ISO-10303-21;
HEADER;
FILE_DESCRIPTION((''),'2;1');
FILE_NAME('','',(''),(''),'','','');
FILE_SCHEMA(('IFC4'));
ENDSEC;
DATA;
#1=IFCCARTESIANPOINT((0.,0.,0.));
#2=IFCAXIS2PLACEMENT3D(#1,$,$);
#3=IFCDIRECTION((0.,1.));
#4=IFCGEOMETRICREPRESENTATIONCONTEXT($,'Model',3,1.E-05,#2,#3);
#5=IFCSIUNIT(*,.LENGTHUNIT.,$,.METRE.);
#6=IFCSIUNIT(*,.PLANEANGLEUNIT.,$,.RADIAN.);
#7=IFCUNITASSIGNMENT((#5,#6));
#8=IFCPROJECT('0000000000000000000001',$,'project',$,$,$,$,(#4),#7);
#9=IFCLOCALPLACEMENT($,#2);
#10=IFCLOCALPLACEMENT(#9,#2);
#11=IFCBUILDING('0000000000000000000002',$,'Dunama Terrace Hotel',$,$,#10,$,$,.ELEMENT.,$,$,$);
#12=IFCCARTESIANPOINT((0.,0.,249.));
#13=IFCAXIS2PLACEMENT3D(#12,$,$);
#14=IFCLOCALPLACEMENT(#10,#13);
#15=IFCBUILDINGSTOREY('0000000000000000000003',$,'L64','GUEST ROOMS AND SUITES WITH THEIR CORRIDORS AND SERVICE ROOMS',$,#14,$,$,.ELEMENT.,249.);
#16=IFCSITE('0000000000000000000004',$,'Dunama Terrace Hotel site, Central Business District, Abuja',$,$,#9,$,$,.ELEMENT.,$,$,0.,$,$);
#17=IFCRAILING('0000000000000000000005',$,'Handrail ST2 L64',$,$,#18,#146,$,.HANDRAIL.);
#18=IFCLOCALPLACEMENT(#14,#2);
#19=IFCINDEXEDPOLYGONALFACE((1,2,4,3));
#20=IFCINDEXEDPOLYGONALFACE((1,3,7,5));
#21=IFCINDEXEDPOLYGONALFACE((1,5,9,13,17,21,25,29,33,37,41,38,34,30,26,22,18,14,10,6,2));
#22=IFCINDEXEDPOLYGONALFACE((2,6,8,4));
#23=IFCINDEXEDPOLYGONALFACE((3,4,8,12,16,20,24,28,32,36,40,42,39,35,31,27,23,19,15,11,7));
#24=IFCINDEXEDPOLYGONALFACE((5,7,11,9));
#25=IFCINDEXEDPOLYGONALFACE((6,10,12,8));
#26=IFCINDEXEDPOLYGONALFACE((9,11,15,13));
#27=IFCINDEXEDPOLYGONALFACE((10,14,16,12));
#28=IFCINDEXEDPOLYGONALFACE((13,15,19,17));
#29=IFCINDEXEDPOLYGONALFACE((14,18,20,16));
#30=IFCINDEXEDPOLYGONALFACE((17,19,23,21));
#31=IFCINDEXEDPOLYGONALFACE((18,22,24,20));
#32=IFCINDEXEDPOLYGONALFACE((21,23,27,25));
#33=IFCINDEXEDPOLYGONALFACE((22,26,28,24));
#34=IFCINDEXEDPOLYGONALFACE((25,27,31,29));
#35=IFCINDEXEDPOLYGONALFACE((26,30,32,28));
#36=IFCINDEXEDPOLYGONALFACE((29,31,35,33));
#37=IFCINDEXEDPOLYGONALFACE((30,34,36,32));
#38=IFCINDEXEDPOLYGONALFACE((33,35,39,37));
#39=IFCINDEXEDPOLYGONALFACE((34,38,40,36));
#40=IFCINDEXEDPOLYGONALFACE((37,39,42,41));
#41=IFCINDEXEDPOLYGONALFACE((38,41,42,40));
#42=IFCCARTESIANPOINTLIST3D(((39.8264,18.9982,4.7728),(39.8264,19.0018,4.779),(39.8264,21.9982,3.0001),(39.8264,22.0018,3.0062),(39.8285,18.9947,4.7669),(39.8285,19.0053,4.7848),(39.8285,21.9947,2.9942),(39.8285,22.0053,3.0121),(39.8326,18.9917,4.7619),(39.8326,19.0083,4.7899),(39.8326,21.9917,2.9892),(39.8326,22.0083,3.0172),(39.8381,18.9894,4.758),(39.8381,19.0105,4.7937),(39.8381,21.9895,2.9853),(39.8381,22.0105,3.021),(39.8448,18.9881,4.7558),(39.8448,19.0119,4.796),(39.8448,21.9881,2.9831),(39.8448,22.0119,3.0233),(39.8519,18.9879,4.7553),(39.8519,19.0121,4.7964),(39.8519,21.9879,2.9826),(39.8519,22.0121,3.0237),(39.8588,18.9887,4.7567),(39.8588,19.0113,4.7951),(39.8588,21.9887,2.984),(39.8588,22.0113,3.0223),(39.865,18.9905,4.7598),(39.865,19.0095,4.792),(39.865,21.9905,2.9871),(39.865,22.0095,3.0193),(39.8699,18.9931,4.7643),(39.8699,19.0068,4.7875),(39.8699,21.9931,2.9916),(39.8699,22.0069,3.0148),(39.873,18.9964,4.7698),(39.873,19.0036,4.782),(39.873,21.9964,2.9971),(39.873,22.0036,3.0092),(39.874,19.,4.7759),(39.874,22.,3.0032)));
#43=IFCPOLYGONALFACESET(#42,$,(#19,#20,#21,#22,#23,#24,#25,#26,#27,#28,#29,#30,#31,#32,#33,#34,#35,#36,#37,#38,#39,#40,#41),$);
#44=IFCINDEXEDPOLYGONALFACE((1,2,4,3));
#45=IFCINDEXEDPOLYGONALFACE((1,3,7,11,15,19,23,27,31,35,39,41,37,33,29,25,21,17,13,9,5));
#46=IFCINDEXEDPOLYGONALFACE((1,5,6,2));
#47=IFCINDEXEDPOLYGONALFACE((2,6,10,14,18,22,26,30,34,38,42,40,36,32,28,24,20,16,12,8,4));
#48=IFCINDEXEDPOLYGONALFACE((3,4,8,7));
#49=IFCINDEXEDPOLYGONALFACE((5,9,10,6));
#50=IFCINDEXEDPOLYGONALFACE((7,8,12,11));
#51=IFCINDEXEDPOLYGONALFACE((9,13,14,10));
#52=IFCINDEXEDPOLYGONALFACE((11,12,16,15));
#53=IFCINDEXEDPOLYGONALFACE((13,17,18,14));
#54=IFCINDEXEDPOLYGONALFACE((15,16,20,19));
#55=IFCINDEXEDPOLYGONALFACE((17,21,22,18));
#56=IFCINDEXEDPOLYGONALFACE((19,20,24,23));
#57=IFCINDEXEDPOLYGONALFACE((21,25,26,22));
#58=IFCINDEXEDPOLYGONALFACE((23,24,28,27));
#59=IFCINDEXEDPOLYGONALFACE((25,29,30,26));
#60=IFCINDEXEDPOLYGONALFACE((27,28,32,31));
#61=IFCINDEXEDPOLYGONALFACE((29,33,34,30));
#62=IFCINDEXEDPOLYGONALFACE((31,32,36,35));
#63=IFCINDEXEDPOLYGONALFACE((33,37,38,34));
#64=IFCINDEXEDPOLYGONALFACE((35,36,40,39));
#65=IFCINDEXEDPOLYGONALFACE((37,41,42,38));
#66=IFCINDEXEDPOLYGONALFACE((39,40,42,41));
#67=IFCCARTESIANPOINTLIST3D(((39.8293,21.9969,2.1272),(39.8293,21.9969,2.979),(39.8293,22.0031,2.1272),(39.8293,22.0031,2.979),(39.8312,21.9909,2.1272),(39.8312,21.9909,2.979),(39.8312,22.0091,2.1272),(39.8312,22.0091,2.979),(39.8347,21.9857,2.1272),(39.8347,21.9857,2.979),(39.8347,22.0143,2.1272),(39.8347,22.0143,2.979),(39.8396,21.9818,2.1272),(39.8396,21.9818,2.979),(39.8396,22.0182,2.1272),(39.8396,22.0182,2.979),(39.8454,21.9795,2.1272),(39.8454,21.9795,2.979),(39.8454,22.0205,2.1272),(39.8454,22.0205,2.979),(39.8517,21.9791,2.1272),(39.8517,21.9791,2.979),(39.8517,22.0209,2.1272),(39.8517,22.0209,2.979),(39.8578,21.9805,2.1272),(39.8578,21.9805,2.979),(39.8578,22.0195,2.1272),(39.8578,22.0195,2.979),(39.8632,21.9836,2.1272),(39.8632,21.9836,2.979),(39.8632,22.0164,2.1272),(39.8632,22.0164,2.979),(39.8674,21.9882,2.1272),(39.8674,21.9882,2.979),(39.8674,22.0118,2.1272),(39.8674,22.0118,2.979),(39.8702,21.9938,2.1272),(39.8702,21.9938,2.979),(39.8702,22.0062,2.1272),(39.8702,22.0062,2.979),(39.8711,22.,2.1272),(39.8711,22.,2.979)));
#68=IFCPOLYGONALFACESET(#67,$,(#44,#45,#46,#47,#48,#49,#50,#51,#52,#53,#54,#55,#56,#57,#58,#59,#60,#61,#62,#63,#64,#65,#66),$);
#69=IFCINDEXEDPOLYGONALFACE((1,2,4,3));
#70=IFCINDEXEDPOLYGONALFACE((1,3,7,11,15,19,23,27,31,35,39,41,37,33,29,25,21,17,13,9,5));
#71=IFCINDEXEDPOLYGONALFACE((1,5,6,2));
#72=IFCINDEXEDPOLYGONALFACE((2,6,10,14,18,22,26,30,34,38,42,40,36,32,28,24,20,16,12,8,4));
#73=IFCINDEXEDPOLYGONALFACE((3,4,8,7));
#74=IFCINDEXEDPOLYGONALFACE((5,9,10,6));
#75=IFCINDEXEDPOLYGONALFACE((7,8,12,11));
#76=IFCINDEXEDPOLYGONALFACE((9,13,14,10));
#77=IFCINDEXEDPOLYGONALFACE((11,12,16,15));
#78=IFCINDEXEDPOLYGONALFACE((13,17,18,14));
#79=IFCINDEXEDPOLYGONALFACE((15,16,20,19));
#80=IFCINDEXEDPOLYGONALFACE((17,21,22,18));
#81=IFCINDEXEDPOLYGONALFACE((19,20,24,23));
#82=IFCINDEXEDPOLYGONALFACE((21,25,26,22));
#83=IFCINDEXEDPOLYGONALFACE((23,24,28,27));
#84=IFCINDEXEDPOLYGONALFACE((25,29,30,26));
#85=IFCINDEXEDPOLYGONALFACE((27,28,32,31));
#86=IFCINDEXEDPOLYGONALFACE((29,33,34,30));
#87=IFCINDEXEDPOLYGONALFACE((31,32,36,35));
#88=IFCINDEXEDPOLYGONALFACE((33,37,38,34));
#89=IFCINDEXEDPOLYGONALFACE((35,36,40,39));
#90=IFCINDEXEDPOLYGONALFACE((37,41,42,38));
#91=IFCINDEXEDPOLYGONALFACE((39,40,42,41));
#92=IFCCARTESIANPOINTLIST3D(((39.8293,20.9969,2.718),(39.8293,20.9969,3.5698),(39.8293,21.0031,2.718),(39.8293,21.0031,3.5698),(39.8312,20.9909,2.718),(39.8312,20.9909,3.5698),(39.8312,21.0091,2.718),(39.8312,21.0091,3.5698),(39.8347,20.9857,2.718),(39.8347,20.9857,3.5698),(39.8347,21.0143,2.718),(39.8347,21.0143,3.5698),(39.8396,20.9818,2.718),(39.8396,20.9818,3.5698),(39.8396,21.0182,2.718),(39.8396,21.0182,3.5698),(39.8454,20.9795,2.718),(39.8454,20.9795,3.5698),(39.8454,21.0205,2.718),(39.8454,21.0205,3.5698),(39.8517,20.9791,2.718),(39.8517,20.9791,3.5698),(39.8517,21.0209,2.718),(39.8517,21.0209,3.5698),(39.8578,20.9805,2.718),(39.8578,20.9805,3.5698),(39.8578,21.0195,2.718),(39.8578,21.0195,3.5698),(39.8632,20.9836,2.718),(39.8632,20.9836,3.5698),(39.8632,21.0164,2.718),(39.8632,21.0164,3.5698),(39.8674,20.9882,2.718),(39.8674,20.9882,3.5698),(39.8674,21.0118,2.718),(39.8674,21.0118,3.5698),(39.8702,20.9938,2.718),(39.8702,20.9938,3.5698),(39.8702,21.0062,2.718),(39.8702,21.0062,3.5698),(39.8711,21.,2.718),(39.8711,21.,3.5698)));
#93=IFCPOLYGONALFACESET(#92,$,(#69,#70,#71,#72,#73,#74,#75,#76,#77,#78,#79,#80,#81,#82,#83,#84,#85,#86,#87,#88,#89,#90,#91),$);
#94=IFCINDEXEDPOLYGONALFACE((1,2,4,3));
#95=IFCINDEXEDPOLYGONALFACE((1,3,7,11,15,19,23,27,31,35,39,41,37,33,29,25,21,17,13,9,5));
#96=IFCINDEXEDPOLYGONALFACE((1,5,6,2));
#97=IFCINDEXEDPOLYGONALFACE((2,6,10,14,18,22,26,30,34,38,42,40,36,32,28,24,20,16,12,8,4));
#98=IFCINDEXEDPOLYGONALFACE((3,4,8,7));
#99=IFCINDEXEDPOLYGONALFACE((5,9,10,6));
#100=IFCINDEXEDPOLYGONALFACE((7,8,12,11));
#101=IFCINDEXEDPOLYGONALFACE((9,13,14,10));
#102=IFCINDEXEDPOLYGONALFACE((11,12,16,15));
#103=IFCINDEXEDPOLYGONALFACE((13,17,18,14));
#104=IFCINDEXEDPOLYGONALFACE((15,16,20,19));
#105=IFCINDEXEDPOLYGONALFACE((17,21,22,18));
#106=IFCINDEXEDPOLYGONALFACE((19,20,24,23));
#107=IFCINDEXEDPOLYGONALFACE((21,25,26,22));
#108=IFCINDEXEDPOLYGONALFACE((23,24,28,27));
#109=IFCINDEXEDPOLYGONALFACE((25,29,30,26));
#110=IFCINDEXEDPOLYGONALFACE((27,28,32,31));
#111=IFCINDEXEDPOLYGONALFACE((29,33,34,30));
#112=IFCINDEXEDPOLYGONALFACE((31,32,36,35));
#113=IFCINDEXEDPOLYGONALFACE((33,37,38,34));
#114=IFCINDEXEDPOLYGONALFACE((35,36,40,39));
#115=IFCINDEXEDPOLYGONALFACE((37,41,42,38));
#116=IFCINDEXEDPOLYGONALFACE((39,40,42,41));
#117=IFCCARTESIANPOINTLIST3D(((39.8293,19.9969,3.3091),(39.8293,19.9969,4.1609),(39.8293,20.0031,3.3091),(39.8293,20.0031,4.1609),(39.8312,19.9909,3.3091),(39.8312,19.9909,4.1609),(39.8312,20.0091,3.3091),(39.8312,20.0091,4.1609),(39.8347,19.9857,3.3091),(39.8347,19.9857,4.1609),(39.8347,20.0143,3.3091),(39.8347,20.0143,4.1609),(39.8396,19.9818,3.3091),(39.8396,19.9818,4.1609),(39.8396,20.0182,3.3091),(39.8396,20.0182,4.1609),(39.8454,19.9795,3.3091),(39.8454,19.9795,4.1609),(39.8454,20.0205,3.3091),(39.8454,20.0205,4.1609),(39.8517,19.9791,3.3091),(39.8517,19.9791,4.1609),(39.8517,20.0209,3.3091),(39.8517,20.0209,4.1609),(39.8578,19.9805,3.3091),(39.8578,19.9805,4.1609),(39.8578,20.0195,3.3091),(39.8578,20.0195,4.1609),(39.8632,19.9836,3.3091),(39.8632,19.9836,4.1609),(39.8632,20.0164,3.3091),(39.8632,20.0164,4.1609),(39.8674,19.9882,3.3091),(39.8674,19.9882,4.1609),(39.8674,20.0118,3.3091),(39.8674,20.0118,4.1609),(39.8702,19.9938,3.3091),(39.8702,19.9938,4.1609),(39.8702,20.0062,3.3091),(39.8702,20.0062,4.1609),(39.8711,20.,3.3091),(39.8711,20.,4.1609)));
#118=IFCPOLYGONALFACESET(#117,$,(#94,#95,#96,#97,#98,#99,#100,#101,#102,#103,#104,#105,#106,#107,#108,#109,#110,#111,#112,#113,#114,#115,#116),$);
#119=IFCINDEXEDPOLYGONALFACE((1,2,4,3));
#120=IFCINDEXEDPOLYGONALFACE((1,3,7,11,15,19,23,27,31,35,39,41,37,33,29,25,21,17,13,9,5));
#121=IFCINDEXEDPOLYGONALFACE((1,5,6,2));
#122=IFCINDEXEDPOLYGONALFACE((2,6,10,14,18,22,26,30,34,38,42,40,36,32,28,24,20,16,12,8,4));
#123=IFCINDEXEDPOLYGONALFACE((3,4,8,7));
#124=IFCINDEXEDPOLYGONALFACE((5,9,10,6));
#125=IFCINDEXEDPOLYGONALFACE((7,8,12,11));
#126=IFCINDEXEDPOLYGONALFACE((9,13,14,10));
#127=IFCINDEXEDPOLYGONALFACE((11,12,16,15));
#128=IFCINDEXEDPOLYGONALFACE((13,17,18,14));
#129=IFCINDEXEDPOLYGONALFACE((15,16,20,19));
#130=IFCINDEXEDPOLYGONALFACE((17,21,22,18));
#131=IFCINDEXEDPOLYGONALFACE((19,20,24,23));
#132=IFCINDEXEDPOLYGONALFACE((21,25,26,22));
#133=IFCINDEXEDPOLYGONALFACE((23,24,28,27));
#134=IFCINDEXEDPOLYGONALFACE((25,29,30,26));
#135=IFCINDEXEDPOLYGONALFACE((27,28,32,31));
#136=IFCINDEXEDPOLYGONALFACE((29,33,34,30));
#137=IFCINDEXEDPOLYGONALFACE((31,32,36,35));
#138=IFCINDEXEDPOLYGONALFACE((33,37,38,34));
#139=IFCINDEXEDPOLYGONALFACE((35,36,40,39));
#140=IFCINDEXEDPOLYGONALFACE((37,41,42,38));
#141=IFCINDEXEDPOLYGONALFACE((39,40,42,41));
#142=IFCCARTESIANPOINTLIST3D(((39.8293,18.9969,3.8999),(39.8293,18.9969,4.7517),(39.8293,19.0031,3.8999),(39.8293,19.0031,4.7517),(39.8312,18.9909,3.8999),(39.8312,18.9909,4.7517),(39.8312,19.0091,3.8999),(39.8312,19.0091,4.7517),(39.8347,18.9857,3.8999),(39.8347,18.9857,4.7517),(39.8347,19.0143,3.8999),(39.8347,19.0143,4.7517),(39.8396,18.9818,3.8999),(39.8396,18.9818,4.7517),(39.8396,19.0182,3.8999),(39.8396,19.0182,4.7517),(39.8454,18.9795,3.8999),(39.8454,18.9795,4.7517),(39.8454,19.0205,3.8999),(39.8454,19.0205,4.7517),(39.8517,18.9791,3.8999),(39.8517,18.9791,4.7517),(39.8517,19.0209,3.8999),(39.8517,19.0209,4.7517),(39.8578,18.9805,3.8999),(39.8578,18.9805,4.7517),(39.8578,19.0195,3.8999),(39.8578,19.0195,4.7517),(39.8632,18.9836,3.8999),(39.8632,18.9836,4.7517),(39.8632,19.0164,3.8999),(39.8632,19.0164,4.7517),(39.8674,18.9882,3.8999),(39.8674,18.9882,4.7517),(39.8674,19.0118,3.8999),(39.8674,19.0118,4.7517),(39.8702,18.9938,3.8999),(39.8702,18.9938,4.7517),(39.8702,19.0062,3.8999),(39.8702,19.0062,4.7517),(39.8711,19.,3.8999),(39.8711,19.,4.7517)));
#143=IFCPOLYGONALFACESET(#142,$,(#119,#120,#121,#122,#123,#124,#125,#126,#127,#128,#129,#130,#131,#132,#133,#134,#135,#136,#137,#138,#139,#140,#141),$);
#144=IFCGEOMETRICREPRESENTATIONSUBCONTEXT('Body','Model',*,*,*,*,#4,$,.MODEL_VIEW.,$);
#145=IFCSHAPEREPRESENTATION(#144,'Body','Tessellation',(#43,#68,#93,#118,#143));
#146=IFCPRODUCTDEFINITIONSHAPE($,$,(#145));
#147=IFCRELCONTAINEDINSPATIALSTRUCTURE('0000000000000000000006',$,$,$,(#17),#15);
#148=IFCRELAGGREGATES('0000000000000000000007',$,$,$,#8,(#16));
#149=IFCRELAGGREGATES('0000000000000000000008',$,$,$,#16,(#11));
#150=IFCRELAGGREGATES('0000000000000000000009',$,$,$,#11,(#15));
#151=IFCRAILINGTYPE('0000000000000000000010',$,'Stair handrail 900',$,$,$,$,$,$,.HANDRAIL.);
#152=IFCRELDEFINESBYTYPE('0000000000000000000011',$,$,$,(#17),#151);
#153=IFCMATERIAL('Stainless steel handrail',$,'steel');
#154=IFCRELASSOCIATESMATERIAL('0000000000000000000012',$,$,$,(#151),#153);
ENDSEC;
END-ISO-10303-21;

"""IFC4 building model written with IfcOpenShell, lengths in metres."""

from ifc_helpers import new_model, si_unit, direction, frame, origin, origin_2d, place, context, subcontext, project, spatial, circle, extrude, material, type_object, element, save


model = new_model("IFC4")

# Units and contexts
model_context = context("Model", 3, precision=1e-05, world=origin(), true_north=direction((0.0, 1.0)))
body_context = subcontext(model_context, "Body", "Model", "MODEL_VIEW")
ifc_project = project(units=[si_unit("LENGTHUNIT", "METRE"), si_unit("PLANEANGLEUNIT", "RADIAN")], contexts=[model_context])

# Site, building, storey
site_placement = place(None, origin())
site = spatial("IfcSite", under=ifc_project, at=site_placement, Name="Dunama Terrace Hotel site, Central Business District, Abuja", CompositionType="ELEMENT", RefElevation=0.0)
building_placement = place(site_placement, origin())
building = spatial("IfcBuilding", under=site, at=building_placement, Name="Dunama Terrace Hotel", CompositionType="ELEMENT")
storey_placement = place(building_placement, frame((0.0, 0.0, 249.0)))
storey = spatial("IfcBuildingStorey", under=building, at=storey_placement, Name="L64", Description="GUEST ROOMS AND SUITES WITH THEIR CORRIDORS AND SERVICE ROOMS", CompositionType="ELEMENT", Elevation=249.0)

# Railing
ifc_material_1 = material(Name="Stainless steel handrail", Category="steel")
railing_type_1 = type_object("IfcRailingType", Name="Stair handrail 900", PredefinedType="HANDRAIL", material=ifc_material_1)
railing_1_placement = place(storey_placement, frame((39.8501, 22.0, 2.1272)))
element("IfcRailing", 1, at=railing_1_placement, inside=storey, type_object=railing_type_1, Name="Handrail ST2 L64", PredefinedType="HANDRAIL", context=body_context, shape_type="SweptSolid", body=[
    extrude(circle(Radius=0.0239, at=origin_2d()), frame((0.0, 0.0, 0.876), z_axis=(0.0, -0.860929, 0.508725), x_axis=(1.0, 0.0, 0.0)), (0.0, 0.0, 1.0), 3.4846),
    extrude(circle(Radius=0.021, at=origin_2d()), origin(), (0.0, 0.0, 1.0), 0.8518),
    extrude(circle(Radius=0.021, at=origin_2d()), frame((0.0, -1.0, 0.5908)), (0.0, 0.0, 1.0), 0.8518),
    extrude(circle(Radius=0.021, at=origin_2d()), frame((0.0, -2.0, 1.1819)), (0.0, 0.0, 1.0), 0.8518),
    extrude(circle(Radius=0.021, at=origin_2d()), frame((0.0, -3.0, 1.7727)), (0.0, 0.0, 1.0), 0.8518),
])

save(model, "model.ifc")
